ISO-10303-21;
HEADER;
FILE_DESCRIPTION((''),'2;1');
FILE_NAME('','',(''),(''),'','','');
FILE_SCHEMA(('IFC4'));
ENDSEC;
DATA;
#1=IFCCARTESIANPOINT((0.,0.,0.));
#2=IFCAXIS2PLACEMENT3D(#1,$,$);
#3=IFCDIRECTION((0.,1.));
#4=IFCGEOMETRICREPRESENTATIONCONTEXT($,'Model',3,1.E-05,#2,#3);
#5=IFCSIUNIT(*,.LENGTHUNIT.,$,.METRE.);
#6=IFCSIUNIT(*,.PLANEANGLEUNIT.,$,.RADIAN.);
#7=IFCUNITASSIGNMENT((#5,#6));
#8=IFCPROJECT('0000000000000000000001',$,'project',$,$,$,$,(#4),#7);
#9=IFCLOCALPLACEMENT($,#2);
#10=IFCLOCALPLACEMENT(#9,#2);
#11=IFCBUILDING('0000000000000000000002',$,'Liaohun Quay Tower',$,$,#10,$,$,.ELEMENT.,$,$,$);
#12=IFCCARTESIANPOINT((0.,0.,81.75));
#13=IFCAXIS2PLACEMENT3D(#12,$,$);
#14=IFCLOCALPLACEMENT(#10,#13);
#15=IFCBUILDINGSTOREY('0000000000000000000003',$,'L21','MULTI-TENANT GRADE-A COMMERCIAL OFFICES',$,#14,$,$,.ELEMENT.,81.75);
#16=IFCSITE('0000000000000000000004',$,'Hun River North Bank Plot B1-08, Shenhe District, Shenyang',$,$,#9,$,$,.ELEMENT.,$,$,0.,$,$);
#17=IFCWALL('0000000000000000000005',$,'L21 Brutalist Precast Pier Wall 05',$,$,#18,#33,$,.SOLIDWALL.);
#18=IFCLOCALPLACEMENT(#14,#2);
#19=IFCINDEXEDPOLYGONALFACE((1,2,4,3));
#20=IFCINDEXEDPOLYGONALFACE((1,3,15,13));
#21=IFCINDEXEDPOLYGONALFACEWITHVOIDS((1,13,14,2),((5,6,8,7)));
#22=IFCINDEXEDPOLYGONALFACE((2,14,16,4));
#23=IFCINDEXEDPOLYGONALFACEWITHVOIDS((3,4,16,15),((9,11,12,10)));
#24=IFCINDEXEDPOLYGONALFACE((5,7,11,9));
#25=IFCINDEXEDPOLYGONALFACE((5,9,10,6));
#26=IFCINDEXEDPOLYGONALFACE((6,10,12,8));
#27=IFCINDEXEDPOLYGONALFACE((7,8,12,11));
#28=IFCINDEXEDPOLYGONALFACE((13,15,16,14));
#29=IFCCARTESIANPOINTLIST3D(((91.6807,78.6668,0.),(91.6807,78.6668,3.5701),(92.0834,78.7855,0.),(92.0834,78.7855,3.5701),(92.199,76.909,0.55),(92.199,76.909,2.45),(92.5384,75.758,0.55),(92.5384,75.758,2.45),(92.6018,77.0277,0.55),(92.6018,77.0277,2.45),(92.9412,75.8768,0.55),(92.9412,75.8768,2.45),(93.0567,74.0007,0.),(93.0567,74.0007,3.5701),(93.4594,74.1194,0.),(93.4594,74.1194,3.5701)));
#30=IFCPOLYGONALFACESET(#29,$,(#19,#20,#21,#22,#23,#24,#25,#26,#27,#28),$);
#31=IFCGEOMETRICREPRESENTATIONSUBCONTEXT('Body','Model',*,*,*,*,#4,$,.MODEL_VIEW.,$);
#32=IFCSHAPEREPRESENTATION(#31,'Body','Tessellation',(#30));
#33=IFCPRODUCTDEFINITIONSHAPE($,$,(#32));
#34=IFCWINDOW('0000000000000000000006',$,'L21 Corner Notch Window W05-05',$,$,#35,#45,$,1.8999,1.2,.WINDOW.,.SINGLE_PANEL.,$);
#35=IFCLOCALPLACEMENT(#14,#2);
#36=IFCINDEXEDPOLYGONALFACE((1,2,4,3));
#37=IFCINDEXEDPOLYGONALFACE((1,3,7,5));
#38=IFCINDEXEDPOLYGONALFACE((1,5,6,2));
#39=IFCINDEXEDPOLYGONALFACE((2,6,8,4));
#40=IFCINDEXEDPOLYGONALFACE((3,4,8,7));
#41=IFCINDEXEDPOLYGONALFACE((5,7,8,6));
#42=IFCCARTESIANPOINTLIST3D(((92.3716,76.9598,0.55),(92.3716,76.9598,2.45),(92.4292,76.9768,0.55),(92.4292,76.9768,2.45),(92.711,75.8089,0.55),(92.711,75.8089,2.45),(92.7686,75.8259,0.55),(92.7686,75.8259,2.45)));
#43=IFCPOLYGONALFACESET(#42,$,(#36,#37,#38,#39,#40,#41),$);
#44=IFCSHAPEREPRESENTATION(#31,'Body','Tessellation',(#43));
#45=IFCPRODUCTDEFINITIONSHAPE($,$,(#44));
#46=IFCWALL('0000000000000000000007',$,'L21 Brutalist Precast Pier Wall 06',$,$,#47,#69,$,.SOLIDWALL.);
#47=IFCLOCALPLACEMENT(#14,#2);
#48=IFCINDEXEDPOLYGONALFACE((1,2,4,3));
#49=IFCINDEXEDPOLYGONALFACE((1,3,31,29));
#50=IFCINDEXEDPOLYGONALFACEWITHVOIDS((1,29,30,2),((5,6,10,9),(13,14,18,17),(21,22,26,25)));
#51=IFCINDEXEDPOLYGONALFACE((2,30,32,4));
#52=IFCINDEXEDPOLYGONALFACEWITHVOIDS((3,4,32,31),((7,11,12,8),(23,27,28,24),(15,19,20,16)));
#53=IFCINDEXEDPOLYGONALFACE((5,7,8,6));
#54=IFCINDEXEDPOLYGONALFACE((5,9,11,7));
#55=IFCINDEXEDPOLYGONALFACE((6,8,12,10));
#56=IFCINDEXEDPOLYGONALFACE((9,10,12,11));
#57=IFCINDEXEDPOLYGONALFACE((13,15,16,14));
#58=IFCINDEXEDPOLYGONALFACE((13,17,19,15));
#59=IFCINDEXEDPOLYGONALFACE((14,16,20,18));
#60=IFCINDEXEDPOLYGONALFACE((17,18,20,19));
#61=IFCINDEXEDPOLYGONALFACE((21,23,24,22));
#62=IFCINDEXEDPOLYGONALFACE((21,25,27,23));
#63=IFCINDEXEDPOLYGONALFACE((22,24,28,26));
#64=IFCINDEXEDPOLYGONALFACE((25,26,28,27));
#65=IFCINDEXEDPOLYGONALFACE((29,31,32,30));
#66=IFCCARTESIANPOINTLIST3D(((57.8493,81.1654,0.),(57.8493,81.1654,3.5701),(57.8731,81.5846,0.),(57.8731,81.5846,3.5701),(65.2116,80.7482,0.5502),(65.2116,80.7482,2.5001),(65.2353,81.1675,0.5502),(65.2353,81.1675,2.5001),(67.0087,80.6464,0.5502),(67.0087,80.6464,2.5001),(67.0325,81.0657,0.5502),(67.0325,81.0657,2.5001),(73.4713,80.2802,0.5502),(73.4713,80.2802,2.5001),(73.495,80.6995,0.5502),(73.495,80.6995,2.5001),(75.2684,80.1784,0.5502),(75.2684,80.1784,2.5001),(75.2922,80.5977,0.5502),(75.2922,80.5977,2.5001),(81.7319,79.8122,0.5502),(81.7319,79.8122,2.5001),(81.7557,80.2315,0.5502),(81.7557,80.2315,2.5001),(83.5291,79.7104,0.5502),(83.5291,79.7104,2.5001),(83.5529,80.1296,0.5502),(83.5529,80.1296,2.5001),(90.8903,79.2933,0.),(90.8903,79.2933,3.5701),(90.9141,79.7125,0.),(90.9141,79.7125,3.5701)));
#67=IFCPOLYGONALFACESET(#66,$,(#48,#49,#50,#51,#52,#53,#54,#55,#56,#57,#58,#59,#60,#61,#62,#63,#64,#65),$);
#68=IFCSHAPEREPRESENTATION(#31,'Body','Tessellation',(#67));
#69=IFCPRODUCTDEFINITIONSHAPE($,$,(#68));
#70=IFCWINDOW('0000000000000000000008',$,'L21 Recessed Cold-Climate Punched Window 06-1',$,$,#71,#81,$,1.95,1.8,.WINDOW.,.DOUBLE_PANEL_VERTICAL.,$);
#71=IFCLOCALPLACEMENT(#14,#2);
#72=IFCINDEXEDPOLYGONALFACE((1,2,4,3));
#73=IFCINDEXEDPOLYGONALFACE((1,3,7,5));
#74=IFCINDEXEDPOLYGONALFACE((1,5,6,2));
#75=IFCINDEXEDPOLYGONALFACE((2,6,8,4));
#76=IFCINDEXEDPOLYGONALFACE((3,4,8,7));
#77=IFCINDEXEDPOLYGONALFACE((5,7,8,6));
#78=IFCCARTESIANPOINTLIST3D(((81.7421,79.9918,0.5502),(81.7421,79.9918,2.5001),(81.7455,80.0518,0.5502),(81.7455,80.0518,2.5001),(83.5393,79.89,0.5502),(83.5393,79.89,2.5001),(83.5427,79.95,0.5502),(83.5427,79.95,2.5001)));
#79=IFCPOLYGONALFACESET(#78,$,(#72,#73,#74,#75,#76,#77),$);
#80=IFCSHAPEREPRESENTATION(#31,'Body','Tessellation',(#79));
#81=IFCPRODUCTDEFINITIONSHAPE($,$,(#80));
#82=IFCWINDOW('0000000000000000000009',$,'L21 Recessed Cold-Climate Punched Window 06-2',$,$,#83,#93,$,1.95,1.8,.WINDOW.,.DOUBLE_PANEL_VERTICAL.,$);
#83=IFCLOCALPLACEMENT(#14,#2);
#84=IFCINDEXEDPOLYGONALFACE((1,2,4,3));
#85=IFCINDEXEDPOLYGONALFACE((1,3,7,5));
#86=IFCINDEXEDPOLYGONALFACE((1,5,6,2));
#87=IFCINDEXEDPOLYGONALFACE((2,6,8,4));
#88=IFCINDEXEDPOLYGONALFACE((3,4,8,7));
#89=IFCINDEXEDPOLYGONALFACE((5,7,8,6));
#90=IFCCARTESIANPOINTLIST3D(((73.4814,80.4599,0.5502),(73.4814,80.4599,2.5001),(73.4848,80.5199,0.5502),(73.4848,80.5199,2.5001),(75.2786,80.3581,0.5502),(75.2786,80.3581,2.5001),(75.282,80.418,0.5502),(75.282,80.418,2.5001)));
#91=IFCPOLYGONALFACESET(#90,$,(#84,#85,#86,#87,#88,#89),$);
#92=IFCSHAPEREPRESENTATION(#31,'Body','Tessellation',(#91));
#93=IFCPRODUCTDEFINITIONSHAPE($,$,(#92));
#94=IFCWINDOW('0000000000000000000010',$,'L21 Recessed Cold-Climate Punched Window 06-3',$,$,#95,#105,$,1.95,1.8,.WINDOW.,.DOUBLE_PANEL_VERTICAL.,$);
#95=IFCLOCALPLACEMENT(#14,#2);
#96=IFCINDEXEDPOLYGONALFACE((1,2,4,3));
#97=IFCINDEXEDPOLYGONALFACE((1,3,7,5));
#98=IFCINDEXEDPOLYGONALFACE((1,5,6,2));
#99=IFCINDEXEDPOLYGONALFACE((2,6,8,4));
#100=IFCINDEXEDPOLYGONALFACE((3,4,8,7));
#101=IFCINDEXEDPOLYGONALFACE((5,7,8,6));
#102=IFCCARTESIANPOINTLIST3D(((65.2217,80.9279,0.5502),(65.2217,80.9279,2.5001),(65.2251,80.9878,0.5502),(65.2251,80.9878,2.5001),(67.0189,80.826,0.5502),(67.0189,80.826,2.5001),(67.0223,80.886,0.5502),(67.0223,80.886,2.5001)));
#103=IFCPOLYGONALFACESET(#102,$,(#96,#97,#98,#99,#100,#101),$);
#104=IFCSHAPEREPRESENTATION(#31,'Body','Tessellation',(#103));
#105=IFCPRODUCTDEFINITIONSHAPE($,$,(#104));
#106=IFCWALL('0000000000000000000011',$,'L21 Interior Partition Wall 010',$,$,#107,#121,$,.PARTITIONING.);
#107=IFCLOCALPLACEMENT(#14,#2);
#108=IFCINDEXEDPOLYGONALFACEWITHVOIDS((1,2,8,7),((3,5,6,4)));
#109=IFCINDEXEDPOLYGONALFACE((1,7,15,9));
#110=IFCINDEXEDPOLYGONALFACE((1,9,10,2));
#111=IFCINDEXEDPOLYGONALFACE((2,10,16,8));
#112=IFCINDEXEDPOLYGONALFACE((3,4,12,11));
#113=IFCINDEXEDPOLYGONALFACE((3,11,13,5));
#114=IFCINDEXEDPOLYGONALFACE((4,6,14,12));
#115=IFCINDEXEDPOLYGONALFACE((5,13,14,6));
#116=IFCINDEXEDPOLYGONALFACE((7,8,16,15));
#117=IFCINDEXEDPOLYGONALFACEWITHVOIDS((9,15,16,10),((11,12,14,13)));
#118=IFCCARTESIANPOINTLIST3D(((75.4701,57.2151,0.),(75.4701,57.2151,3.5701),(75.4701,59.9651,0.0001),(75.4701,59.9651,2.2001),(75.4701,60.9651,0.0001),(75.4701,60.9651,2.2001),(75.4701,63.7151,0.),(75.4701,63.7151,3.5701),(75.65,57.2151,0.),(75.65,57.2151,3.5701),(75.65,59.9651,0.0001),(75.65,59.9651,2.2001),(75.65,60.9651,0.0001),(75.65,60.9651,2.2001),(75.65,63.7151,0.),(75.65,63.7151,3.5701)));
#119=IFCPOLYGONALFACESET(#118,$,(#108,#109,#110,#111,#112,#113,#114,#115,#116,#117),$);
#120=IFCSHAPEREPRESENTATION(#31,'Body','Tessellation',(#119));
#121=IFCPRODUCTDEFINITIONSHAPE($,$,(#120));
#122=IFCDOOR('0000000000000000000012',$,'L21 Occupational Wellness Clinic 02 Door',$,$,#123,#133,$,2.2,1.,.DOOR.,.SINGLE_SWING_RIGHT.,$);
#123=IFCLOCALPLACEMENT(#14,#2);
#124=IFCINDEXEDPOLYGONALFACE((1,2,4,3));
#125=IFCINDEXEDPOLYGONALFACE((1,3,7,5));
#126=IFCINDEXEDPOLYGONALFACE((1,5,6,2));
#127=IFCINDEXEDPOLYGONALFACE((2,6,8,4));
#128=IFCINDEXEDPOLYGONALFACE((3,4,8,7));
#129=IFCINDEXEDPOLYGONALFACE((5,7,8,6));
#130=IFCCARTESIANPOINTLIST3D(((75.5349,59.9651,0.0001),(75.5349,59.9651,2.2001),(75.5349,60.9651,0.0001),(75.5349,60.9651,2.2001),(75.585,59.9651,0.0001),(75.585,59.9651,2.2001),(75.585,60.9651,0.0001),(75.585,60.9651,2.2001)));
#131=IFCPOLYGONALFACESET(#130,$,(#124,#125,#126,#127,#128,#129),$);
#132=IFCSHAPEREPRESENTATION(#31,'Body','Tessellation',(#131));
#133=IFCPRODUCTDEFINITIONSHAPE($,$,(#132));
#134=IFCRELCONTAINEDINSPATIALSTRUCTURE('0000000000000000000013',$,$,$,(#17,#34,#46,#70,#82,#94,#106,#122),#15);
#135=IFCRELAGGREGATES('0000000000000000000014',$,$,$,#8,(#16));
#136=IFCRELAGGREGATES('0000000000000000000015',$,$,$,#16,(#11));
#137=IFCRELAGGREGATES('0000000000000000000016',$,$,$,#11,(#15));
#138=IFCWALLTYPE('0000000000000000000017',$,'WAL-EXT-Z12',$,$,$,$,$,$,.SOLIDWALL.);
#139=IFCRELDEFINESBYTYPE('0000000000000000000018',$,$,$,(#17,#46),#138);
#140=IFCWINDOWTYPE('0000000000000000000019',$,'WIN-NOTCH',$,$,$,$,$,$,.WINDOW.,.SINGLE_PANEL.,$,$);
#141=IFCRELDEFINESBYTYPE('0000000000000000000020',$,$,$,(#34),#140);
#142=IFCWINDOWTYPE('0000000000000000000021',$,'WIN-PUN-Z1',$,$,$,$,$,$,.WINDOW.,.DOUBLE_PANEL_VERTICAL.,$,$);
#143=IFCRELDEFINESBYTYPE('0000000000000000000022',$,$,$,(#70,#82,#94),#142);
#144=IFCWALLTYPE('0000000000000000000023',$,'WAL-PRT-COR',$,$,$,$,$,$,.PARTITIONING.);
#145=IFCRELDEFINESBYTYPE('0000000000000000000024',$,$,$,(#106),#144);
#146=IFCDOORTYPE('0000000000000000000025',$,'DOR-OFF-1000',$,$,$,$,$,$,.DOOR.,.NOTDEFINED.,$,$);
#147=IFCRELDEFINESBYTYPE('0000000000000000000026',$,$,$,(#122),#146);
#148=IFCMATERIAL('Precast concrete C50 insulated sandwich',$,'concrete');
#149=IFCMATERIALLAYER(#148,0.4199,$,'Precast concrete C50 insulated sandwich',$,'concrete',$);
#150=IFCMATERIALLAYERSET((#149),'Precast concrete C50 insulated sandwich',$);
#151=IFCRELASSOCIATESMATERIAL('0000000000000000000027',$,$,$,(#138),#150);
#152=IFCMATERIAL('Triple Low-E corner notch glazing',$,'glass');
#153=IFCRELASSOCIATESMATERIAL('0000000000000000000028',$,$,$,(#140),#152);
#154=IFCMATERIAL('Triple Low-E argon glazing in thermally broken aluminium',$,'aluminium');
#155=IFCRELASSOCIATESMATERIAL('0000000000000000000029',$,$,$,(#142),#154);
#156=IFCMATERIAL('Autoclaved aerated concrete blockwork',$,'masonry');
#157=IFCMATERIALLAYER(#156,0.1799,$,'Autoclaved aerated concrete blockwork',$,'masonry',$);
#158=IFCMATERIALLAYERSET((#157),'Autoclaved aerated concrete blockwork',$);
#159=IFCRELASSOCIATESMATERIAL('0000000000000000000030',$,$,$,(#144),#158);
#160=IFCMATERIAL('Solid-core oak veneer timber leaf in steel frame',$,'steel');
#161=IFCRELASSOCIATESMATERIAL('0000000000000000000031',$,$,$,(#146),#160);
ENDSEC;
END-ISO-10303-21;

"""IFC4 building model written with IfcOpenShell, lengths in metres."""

from ifc_helpers import new_model, si_unit, direction, frame, frame_2d, origin, place, context, subcontext, project, spatial, rectangle, extrude, source, transform, mapped, material, layer, layer_set, type_object, element, fill, save


model = new_model("IFC4")

# Units and contexts
model_context = context("Model", 3, precision=1e-05, world=origin(), true_north=direction((0.0, 1.0)))
body_context = subcontext(model_context, "Body", "Model", "MODEL_VIEW")
ifc_project = project(units=[si_unit("LENGTHUNIT", "METRE"), si_unit("PLANEANGLEUNIT", "RADIAN")], contexts=[model_context])

# Site, building, storey
site_placement = place(None, origin())
site = spatial("IfcSite", under=ifc_project, at=site_placement, Name="Hun River North Bank Plot B1-08, Shenhe District, Shenyang", CompositionType="ELEMENT", RefElevation=0.0)
building_placement = place(site_placement, origin())
building = spatial("IfcBuilding", under=site, at=building_placement, Name="Liaohun Quay Tower", CompositionType="ELEMENT")
storey_placement = place(building_placement, frame((0.0, 0.0, 81.75)))
storey = spatial("IfcBuildingStorey", under=building, at=storey_placement, Name="L21", Description="MULTI-TENANT GRADE-A COMMERCIAL OFFICES", CompositionType="ELEMENT", Elevation=81.75)

# Wall, opening, window
ifc_material_1 = material(Name="Precast concrete C50 insulated sandwich", Category="concrete")
ifc_layer_1 = layer(ifc_material_1, 0.4199, Name="Precast concrete C50 insulated sandwich", Category="concrete")
ifc_layer_set_1 = layer_set([ifc_layer_1], Name="Precast concrete C50 insulated sandwich")
wall_type_1 = type_object("IfcWallType", Name="WAL-EXT-Z12", PredefinedType="SOLIDWALL", material=ifc_layer_set_1)
shared_shape_1 = source(origin(), body_context, "Body", "SweptSolid", [
    extrude(rectangle(XDim=1.2, YDim=1.8999, at=frame_2d((0.6001, 0.95))), frame((0.0, 0.22, 0.0), z_axis=(0.0, -1.0, 0.0), x_axis=(1.0, 0.0, 0.0)), (0.0, 0.0, 1.0), 0.4399),
])
ifc_material_2 = material(Name="Triple Low-E corner notch glazing", Category="glass")
window_type_1 = type_object("IfcWindowType", Name="WIN-NOTCH", PartitioningType="SINGLE_PANEL", PredefinedType="WINDOW", material=ifc_material_2)
shared_shape_2 = source(origin(), body_context, "Body", "SweptSolid", [
    extrude(rectangle(XDim=1.2, YDim=1.8999, at=frame_2d((0.6001, 0.95))), frame((0.0, 0.03, 0.0), z_axis=(0.0, -1.0, 0.0), x_axis=(1.0, 0.0, 0.0)), (0.0, 0.0, 1.0), 0.0601),
])
wall_1_placement = place(storey_placement, frame((93.2581, 74.0601, 0.0), z_axis=(0.0, 0.0, 1.0), x_axis=(-0.282851, 0.959164, 0.0)))
wall_1 = element("IfcWall", 1, at=wall_1_placement, inside=storey, type_object=wall_type_1, Name="L21 Brutalist Precast Pier Wall 05", PredefinedType="SOLIDWALL", context=body_context, shape_type="SweptSolid", body=[
    extrude(rectangle(XDim=4.8647, YDim=0.4199, at=frame_2d((2.4324, 0.0))), origin(), (0.0, 0.0, 1.0), 3.5701),
])
opening_1_placement = place(wall_1_placement, frame((1.832, 0.0, 0.55)))
opening_1 = element("IfcOpeningElement", 2, at=opening_1_placement, cuts=wall_1, PredefinedType="OPENING", context=body_context, shape_type="MappedRepresentation", body=[
    mapped(shared_shape_1, transform((0.0, 0.0, 0.0), x_axis=(1.0, 0.0, 0.0), y_axis=(0.0, 1.0, 0.0), z_axis=(0.0, 0.0, 1.0), scale=1.0)),
])
window_1_placement = place(opening_1_placement, origin())
window_1 = element("IfcWindow", 3, at=window_1_placement, inside=storey, type_object=window_type_1, Name="L21 Corner Notch Window W05-05", OverallHeight=1.8999, OverallWidth=1.2, PartitioningType="SINGLE_PANEL", PredefinedType="WINDOW", context=body_context, shape_type="MappedRepresentation", body=[
    mapped(shared_shape_2, transform((0.0, 0.0, 0.0), x_axis=(1.0, 0.0, 0.0), y_axis=(0.0, 1.0, 0.0), z_axis=(0.0, 0.0, 1.0), scale=1.0)),
])
fill(opening_1, window_1)

# Wall, openings, windows
wall_2_placement = place(storey_placement, frame((90.9021, 79.5029, 0.0), z_axis=(0.0, 0.0, 1.0), x_axis=(-0.998399, 0.056568, 0.0)))
wall_2 = element("IfcWall", 4, at=wall_2_placement, inside=storey, type_object=wall_type_1, Name="L21 Brutalist Precast Pier Wall 06", PredefinedType="SOLIDWALL", context=body_context, shape_type="SweptSolid", body=[
    extrude(rectangle(XDim=33.094, YDim=0.4199, at=frame_2d((16.5469, 0.0))), origin(), (0.0, 0.0, 1.0), 3.5701),
])
shared_shape_3 = source(origin(), body_context, "Body", "SweptSolid", [
    extrude(rectangle(XDim=1.8, YDim=1.95, at=frame_2d((0.8999, 0.9751))), frame((0.0, 0.22, 0.0), z_axis=(0.0, -1.0, 0.0), x_axis=(1.0, 0.0, 0.0)), (0.0, 0.0, 1.0), 0.4399),
])
opening_2_placement = place(wall_2_placement, frame((7.373, 0.0, 0.55)))
opening_2 = element("IfcOpeningElement", 5, at=opening_2_placement, cuts=wall_2, PredefinedType="OPENING", context=body_context, shape_type="MappedRepresentation", body=[
    mapped(shared_shape_3, transform((0.0, 0.0, 0.0), x_axis=(1.0, 0.0, 0.0), y_axis=(0.0, 1.0, 0.0), z_axis=(0.0, 0.0, 1.0), scale=1.0)),
])
opening_3_placement = place(wall_2_placement, frame((15.647, 0.0, 0.55)))
opening_3 = element("IfcOpeningElement", 6, at=opening_3_placement, cuts=wall_2, PredefinedType="OPENING", context=body_context, shape_type="MappedRepresentation", body=[
    mapped(shared_shape_3, transform((0.0, 0.0, 0.0), x_axis=(1.0, 0.0, 0.0), y_axis=(0.0, 1.0, 0.0), z_axis=(0.0, 0.0, 1.0), scale=1.0)),
])
opening_4_placement = place(wall_2_placement, frame((23.9199, 0.0, 0.55)))
opening_4 = element("IfcOpeningElement", 7, at=opening_4_placement, cuts=wall_2, PredefinedType="OPENING", context=body_context, shape_type="MappedRepresentation", body=[
    mapped(shared_shape_3, transform((0.0, 0.0, 0.0), x_axis=(1.0, 0.0, 0.0), y_axis=(0.0, 1.0, 0.0), z_axis=(0.0, 0.0, 1.0), scale=1.0)),
])
ifc_material_3 = material(Name="Triple Low-E argon glazing in thermally broken aluminium", Category="aluminium")
window_type_2 = type_object("IfcWindowType", Name="WIN-PUN-Z1", PartitioningType="DOUBLE_PANEL_VERTICAL", PredefinedType="WINDOW", material=ifc_material_3)
shared_shape_4 = source(origin(), body_context, "Body", "SweptSolid", [
    extrude(rectangle(XDim=1.8, YDim=1.95, at=frame_2d((0.8999, 0.9751))), frame((0.0, 0.03, 0.0), z_axis=(0.0, -1.0, 0.0), x_axis=(1.0, 0.0, 0.0)), (0.0, 0.0, 1.0), 0.0601),
])
window_2_placement = place(opening_2_placement, origin())
window_2 = element("IfcWindow", 8, at=window_2_placement, inside=storey, type_object=window_type_2, Name="L21 Recessed Cold-Climate Punched Window 06-1", OverallHeight=1.95, OverallWidth=1.8, PartitioningType="DOUBLE_PANEL_VERTICAL", PredefinedType="WINDOW", context=body_context, shape_type="MappedRepresentation", body=[
    mapped(shared_shape_4, transform((0.0, 0.0, 0.0), x_axis=(1.0, 0.0, 0.0), y_axis=(0.0, 1.0, 0.0), z_axis=(0.0, 0.0, 1.0), scale=1.0)),
])
fill(opening_2, window_2)
window_3_placement = place(opening_3_placement, origin())
window_3 = element("IfcWindow", 9, at=window_3_placement, inside=storey, type_object=window_type_2, Name="L21 Recessed Cold-Climate Punched Window 06-2", OverallHeight=1.95, OverallWidth=1.8, PartitioningType="DOUBLE_PANEL_VERTICAL", PredefinedType="WINDOW", context=body_context, shape_type="MappedRepresentation", body=[
    mapped(shared_shape_4, transform((0.0, 0.0, 0.0), x_axis=(1.0, 0.0, 0.0), y_axis=(0.0, 1.0, 0.0), z_axis=(0.0, 0.0, 1.0), scale=1.0)),
])
fill(opening_3, window_3)
window_4_placement = place(opening_4_placement, origin())
window_4 = element("IfcWindow", 10, at=window_4_placement, inside=storey, type_object=window_type_2, Name="L21 Recessed Cold-Climate Punched Window 06-3", OverallHeight=1.95, OverallWidth=1.8, PartitioningType="DOUBLE_PANEL_VERTICAL", PredefinedType="WINDOW", context=body_context, shape_type="MappedRepresentation", body=[
    mapped(shared_shape_4, transform((0.0, 0.0, 0.0), x_axis=(1.0, 0.0, 0.0), y_axis=(0.0, 1.0, 0.0), z_axis=(0.0, 0.0, 1.0), scale=1.0)),
])
fill(opening_4, window_4)

# Wall, opening, door
ifc_material_4 = material(Name="Autoclaved aerated concrete blockwork", Category="masonry")
ifc_layer_2 = layer(ifc_material_4, 0.1799, Name="Autoclaved aerated concrete blockwork", Category="masonry")
ifc_layer_set_2 = layer_set([ifc_layer_2], Name="Autoclaved aerated concrete blockwork")
wall_type_2 = type_object("IfcWallType", Name="WAL-PRT-COR", PredefinedType="PARTITIONING", material=ifc_layer_set_2)
wall_3_placement = place(storey_placement, frame((75.5601, 63.7151, 0.0), z_axis=(0.0, 0.0, 1.0), x_axis=(0.0, -1.0, 0.0)))
wall_3 = element("IfcWall", 11, at=wall_3_placement, inside=storey, type_object=wall_type_2, Name="L21 Interior Partition Wall 010", PredefinedType="PARTITIONING", context=body_context, shape_type="SweptSolid", body=[
    extrude(rectangle(XDim=6.5, YDim=0.1799, at=frame_2d((3.25, 0.0))), origin(), (0.0, 0.0, 1.0), 3.5701),
])
shared_shape_5 = source(origin(), body_context, "Body", "SweptSolid", [
    extrude(rectangle(XDim=1.0, YDim=2.2, at=frame_2d((0.5, 1.1001))), frame((0.0, 0.0999, 0.0), z_axis=(0.0, -1.0, 0.0), x_axis=(1.0, 0.0, 0.0)), (0.0, 0.0, 1.0), 0.2),
])
opening_5_placement = place(wall_3_placement, frame((2.75, 0.0, 0.0)))
opening_5 = element("IfcOpeningElement", 12, at=opening_5_placement, cuts=wall_3, PredefinedType="OPENING", context=body_context, shape_type="MappedRepresentation", body=[
    mapped(shared_shape_5, transform((0.0, 0.0, 0.0), x_axis=(1.0, 0.0, 0.0), y_axis=(0.0, 1.0, 0.0), z_axis=(0.0, 0.0, 1.0), scale=1.0)),
])
ifc_material_5 = material(Name="Solid-core oak veneer timber leaf in steel frame", Category="steel")
door_type = type_object("IfcDoorType", Name="DOR-OFF-1000", OperationType="NOTDEFINED", PredefinedType="DOOR", material=ifc_material_5)
shared_shape_6 = source(origin(), body_context, "Body", "SweptSolid", [
    extrude(rectangle(XDim=1.0, YDim=2.2, at=frame_2d((0.5, 1.1001))), frame((0.0, 0.0249, 0.0), z_axis=(0.0, -1.0, 0.0), x_axis=(1.0, 0.0, 0.0)), (0.0, 0.0, 1.0), 0.05),
])
door_1_placement = place(opening_5_placement, origin())
door_1 = element("IfcDoor", 13, at=door_1_placement, inside=storey, type_object=door_type, Name="L21 Occupational Wellness Clinic 02 Door", OperationType="SINGLE_SWING_RIGHT", OverallHeight=2.2, OverallWidth=1.0, PredefinedType="DOOR", context=body_context, shape_type="MappedRepresentation", body=[
    mapped(shared_shape_6, transform((0.0, 0.0, 0.0), x_axis=(1.0, 0.0, 0.0), y_axis=(0.0, 1.0, 0.0), z_axis=(0.0, 0.0, 1.0), scale=1.0)),
])
fill(opening_5, door_1)

save(model, "model.ifc")
